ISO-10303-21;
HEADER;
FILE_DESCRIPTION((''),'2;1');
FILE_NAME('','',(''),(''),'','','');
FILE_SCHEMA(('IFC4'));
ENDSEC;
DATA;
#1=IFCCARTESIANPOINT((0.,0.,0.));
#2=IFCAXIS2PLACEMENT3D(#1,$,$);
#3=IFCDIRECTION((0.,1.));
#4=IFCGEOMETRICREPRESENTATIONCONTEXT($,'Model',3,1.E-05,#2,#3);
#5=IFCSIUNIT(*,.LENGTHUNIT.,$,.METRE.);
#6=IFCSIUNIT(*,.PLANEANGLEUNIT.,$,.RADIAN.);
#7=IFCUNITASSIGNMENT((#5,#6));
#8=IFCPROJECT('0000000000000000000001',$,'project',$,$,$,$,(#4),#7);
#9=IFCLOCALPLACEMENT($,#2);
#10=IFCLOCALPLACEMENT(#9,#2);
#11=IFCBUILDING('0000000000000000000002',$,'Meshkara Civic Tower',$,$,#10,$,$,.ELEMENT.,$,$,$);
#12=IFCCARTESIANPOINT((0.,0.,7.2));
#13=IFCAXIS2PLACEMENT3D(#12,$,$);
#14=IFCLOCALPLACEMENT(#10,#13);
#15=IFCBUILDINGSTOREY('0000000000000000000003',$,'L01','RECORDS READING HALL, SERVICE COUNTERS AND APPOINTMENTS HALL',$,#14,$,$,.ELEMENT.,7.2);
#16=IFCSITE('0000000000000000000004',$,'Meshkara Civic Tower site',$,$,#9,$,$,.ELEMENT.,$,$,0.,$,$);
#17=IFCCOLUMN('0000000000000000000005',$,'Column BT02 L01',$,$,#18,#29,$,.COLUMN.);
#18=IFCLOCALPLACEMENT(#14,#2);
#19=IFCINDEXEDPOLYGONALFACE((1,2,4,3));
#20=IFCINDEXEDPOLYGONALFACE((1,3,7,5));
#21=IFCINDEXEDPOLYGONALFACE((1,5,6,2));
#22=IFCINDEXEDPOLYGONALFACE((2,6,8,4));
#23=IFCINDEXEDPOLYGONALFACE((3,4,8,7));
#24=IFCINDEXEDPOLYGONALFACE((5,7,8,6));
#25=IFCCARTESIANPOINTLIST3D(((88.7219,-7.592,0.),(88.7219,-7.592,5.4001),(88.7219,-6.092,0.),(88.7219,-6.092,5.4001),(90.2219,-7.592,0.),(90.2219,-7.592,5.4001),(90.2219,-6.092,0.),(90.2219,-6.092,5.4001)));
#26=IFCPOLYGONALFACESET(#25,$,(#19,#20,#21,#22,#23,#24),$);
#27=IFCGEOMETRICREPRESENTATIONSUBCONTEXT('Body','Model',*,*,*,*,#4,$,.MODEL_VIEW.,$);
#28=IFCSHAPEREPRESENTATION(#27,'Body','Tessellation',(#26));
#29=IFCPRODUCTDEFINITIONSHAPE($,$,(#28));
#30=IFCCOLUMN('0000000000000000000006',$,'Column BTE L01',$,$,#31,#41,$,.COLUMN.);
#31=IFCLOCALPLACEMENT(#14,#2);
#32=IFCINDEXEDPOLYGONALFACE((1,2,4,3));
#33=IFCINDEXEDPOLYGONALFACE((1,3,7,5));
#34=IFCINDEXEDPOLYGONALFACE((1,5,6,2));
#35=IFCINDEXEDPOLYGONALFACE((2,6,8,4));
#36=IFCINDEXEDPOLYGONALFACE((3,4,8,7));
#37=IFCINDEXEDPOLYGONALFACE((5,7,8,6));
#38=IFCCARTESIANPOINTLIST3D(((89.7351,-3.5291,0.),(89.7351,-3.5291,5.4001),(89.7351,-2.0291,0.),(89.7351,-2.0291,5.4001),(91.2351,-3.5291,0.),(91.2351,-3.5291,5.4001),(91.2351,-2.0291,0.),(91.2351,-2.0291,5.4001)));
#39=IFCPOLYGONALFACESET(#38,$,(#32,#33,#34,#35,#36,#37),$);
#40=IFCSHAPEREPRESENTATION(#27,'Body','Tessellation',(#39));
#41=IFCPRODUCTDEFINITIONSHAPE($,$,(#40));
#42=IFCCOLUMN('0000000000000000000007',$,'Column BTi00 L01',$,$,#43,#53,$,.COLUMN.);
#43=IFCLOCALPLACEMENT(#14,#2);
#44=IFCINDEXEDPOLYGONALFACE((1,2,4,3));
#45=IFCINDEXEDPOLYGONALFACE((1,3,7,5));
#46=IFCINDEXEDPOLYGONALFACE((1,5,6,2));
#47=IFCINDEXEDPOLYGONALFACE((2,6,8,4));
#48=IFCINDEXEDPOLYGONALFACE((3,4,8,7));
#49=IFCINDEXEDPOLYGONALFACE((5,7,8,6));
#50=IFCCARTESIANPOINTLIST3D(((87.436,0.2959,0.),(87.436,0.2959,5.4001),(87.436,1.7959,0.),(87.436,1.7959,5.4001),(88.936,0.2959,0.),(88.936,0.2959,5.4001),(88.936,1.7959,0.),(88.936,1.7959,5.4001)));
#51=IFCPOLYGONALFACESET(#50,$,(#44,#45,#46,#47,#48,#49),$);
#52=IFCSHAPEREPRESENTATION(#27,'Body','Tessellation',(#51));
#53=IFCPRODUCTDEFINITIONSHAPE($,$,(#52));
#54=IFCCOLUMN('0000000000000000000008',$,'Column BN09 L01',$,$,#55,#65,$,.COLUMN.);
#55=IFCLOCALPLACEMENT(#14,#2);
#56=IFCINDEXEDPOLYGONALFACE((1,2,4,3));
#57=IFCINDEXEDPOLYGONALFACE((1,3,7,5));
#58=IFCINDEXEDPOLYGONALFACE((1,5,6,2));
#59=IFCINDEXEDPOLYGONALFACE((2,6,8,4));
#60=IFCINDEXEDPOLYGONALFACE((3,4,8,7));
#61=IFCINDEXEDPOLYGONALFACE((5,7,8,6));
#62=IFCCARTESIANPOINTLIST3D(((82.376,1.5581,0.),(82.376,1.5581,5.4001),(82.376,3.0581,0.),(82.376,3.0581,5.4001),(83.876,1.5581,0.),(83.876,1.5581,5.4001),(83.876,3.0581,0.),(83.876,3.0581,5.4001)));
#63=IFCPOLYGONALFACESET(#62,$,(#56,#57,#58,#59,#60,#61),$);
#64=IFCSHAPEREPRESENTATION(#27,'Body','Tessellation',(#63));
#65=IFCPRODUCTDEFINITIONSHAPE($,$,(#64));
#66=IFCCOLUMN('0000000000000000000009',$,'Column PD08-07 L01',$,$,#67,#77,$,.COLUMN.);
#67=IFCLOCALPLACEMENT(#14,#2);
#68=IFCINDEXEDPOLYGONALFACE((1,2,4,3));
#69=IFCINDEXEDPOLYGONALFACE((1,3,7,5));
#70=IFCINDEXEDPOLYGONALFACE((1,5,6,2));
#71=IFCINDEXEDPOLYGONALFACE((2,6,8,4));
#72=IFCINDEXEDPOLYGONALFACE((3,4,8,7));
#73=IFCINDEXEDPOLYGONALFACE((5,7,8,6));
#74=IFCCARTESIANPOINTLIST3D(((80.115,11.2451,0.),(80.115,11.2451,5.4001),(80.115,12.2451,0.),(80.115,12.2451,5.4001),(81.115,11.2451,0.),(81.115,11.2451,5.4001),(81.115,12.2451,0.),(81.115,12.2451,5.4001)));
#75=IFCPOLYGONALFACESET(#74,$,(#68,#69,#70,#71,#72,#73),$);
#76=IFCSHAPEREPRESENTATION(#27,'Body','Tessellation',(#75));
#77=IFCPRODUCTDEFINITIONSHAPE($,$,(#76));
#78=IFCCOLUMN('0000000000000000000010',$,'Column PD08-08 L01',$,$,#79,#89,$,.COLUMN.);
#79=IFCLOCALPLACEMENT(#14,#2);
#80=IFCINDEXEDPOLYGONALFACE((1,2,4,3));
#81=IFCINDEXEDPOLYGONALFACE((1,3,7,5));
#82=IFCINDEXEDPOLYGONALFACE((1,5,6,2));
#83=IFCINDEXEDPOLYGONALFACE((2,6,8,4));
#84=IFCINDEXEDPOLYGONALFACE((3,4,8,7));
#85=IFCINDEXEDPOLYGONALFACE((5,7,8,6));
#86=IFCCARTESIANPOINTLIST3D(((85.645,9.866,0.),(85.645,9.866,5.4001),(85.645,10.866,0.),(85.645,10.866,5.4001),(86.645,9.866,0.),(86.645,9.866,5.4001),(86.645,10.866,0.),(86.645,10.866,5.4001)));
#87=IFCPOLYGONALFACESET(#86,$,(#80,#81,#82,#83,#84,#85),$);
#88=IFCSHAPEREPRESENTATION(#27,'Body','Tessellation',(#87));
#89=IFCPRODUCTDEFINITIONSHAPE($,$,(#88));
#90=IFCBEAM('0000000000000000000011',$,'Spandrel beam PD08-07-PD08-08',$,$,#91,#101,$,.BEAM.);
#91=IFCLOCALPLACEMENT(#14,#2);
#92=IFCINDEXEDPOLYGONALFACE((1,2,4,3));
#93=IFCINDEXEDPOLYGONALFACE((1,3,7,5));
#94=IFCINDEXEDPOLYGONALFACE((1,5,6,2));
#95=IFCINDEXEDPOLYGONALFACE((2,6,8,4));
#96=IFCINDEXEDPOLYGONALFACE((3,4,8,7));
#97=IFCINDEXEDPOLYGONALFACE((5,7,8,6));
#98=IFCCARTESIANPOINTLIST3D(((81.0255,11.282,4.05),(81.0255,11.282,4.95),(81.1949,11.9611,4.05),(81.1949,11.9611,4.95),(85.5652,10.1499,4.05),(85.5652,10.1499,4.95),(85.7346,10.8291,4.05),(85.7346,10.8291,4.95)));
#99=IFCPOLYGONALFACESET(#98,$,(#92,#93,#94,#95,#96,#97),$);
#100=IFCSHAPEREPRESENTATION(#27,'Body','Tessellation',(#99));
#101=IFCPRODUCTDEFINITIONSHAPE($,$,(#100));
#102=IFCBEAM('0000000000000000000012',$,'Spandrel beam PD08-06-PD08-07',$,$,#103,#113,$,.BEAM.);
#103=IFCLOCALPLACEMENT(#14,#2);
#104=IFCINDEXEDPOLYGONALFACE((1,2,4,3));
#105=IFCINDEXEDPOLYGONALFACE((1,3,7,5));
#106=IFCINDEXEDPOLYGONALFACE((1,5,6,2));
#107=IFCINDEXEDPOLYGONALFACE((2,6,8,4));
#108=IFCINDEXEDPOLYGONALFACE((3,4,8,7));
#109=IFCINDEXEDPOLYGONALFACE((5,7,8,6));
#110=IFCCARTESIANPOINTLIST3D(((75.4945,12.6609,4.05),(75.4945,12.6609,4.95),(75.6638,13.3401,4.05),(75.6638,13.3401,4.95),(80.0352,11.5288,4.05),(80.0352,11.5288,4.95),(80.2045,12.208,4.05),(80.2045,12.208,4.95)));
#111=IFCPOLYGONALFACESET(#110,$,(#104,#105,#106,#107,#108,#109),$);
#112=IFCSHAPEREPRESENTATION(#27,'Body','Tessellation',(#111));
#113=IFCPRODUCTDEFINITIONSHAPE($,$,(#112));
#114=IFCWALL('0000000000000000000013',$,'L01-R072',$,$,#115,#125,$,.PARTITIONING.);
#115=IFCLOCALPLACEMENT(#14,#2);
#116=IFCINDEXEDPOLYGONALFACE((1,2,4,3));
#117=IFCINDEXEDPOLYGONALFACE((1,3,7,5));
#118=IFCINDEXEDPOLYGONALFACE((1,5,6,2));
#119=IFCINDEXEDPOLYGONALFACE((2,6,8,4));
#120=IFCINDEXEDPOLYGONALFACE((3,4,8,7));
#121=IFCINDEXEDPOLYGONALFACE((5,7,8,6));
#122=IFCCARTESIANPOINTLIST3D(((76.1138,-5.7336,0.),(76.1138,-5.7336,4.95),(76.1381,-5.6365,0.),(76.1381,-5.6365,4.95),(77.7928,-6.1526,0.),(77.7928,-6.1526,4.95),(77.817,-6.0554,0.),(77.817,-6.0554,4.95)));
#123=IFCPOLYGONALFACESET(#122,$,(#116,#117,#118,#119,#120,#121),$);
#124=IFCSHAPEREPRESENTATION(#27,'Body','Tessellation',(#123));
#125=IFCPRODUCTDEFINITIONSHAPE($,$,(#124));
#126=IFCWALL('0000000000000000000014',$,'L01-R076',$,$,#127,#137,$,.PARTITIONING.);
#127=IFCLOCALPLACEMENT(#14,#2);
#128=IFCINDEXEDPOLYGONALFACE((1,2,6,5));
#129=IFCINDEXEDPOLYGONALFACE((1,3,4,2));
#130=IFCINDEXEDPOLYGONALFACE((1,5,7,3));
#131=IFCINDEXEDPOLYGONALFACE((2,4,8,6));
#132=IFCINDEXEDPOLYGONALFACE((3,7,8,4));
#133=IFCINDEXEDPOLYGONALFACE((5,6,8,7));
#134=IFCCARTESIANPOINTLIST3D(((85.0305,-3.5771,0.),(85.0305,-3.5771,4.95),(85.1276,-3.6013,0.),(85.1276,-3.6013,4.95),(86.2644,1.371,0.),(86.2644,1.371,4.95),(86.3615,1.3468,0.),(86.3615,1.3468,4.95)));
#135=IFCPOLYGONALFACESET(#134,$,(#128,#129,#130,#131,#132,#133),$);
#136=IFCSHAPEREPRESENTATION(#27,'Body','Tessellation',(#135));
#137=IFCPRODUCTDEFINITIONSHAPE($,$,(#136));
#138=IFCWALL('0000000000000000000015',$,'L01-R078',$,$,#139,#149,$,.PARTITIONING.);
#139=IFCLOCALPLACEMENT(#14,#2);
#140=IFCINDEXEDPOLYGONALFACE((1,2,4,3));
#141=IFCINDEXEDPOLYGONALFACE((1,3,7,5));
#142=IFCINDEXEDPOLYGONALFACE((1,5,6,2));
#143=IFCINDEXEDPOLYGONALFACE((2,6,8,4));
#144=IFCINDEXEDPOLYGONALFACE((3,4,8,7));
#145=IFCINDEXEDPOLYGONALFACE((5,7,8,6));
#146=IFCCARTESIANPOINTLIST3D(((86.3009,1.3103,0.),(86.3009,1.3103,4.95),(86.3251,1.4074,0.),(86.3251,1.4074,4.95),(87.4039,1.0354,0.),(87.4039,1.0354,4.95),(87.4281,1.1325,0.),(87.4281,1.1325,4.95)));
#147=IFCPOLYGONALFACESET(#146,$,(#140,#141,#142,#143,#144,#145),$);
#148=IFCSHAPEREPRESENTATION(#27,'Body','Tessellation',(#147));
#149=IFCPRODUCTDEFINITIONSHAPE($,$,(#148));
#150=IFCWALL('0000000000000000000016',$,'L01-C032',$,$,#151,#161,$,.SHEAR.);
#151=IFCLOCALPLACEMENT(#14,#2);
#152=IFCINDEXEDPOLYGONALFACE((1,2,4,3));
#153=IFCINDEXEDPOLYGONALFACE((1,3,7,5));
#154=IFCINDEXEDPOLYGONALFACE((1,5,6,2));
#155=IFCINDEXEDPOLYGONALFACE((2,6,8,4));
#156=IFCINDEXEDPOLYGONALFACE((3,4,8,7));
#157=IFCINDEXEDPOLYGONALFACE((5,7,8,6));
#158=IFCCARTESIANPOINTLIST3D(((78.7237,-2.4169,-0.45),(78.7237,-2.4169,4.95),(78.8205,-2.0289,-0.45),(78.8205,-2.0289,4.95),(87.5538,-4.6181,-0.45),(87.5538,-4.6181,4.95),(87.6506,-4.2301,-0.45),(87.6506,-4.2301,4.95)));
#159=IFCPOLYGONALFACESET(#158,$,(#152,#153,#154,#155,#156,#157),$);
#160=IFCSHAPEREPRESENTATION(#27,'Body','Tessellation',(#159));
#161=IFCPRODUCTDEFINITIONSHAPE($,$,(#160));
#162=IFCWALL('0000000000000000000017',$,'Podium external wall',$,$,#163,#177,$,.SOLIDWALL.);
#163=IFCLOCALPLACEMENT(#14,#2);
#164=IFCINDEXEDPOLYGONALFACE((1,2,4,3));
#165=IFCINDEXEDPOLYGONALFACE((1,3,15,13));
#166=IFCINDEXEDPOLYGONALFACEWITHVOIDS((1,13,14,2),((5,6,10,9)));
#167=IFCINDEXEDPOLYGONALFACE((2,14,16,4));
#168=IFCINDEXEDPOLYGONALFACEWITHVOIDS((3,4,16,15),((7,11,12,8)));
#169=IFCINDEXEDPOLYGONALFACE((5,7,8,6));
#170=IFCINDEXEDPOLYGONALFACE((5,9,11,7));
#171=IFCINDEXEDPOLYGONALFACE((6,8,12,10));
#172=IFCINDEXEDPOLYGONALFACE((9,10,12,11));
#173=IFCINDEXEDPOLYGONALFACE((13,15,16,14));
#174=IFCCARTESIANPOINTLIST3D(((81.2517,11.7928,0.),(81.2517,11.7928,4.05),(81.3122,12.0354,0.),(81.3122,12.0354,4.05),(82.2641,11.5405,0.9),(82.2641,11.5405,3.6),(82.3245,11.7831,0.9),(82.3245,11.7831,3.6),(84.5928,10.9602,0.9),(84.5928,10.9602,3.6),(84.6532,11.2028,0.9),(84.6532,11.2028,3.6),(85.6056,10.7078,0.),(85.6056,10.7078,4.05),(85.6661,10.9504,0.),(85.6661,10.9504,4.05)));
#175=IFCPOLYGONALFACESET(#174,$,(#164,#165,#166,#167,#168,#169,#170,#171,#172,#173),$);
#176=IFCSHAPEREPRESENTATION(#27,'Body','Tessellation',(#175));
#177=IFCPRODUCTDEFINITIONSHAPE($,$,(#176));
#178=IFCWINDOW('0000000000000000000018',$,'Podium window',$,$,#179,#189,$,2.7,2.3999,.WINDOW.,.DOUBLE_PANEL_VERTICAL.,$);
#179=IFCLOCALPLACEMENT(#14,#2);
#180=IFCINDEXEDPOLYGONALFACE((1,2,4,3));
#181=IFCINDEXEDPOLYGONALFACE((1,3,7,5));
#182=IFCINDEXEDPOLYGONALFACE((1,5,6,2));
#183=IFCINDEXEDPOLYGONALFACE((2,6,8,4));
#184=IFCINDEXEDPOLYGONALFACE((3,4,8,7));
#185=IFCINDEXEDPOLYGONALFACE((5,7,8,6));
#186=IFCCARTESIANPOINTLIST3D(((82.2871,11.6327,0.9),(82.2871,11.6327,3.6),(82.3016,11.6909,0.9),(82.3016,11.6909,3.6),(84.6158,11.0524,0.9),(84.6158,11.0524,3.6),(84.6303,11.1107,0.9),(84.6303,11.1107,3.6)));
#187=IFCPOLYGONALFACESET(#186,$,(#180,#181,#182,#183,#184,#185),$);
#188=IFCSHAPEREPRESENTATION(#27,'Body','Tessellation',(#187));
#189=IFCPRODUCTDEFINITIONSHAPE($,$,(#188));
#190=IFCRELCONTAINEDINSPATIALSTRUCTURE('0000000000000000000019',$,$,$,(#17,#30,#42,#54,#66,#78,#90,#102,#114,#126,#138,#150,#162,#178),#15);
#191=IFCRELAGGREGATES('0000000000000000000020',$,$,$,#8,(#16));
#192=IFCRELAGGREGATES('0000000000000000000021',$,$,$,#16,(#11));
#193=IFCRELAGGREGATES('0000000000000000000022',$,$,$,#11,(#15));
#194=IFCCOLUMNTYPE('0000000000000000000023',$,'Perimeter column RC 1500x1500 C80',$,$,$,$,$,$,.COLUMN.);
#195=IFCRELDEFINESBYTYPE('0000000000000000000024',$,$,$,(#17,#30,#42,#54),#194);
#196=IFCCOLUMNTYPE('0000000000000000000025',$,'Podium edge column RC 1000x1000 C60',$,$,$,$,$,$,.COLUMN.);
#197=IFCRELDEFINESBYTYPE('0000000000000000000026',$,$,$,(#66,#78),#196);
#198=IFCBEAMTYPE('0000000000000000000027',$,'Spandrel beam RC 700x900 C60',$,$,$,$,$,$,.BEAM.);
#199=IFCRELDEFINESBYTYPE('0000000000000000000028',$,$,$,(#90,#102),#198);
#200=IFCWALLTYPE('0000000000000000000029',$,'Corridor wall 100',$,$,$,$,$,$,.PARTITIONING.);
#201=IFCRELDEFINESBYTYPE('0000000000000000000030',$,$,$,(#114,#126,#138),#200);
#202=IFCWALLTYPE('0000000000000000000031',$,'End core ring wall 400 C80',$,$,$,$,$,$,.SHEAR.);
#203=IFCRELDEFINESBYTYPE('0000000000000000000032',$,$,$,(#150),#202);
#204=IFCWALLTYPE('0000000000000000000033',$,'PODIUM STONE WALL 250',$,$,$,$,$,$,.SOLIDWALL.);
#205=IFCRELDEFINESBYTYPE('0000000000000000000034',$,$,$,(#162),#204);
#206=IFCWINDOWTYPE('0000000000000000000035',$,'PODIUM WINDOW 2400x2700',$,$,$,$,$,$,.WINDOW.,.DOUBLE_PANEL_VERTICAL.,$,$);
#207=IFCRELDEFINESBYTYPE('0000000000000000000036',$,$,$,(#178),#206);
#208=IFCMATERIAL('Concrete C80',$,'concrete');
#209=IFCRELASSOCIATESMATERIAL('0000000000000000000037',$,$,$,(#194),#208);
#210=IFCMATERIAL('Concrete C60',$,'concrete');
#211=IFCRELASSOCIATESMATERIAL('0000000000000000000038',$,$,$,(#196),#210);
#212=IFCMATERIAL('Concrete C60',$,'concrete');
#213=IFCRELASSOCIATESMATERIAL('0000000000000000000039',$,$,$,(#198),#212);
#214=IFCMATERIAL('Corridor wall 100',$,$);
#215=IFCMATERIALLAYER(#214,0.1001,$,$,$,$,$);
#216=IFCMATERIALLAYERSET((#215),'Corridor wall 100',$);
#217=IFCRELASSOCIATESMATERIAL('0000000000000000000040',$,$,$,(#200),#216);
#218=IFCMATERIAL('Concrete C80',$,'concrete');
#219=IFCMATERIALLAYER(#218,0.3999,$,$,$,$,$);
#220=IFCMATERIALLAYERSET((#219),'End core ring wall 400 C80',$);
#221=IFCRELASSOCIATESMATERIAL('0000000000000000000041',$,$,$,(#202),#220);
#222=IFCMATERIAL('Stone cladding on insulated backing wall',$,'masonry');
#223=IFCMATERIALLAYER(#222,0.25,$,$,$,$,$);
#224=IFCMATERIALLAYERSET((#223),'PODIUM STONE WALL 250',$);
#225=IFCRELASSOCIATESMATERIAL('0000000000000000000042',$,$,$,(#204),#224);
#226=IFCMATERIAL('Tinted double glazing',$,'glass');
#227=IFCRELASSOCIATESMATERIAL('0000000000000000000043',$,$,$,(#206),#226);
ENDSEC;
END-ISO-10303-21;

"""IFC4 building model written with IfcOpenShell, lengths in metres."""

from ifc_helpers import new_model, si_unit, direction, frame, frame_2d, origin, origin_2d, place, context, subcontext, project, spatial, rectangle, extrude, material, layer, layer_set, material_profile, profile_set, type_object, element, fill, save


model = new_model("IFC4")

# Units and contexts
model_context = context("Model", 3, precision=1e-05, world=origin(), true_north=direction((0.0, 1.0)))
body_context = subcontext(model_context, "Body", "Model", "MODEL_VIEW")
ifc_project = project(units=[si_unit("LENGTHUNIT", "METRE"), si_unit("PLANEANGLEUNIT", "RADIAN")], contexts=[model_context])

# Site, building, storey
site_placement = place(None, origin())
site = spatial("IfcSite", under=ifc_project, at=site_placement, Name="Meshkara Civic Tower site", CompositionType="ELEMENT", RefElevation=0.0)
building_placement = place(site_placement, origin())
building = spatial("IfcBuilding", under=site, at=building_placement, Name="Meshkara Civic Tower", CompositionType="ELEMENT")
storey_placement = place(building_placement, frame((0.0, 0.0, 7.2)))
storey = spatial("IfcBuildingStorey", under=building, at=storey_placement, Name="L01", Description="RECORDS READING HALL, SERVICE COUNTERS AND APPOINTMENTS HALL", CompositionType="ELEMENT", Elevation=7.2)

# Columns
ifc_material_1 = material(Name="Concrete C80", Category="concrete")
ifc_material_profile_1 = material_profile(ifc_material_1, rectangle(XDim=1.5, YDim=1.5, at=origin_2d()))
ifc_profile_set_1 = profile_set([ifc_material_profile_1], Name="Concrete C80")
column_type_1 = type_object("IfcColumnType", Name="Perimeter column RC 1500x1500 C80", PredefinedType="COLUMN", material=ifc_profile_set_1)
for number, where, z_axis, x_axis, name in (
    (1, (89.4719, -6.842, 0.0), (0.0, 0.0, 1.0), (1.0, 0.0, 0.0), "Column BT02 L01"),
    (2, (90.4851, -2.7791, 0.0), (0.0, 0.0, 1.0), (1.0, 0.0, 0.0), "Column BTE L01"),
    (3, (88.186, 1.0459, 0.0), (0.0, 0.0, 1.0), (1.0, 0.0, 0.0), "Column BTi00 L01"),
    (4, (83.126, 2.3081, 0.0), (0.0, 0.0, 1.0), (1.0, 0.0, 0.0), "Column BN09 L01"),
):
    element("IfcColumn", number, at=place(storey_placement, frame(where, z_axis=z_axis, x_axis=x_axis)), inside=storey, type_object=column_type_1, Name=name, PredefinedType="COLUMN", context=body_context, shape_type="SweptSolid", body=[
        extrude(rectangle(XDim=1.5, YDim=1.5, at=origin_2d()), origin(), (0.0, 0.0, 1.0), 5.4001),
    ])
ifc_material_2 = material(Name="Concrete C60", Category="concrete")
ifc_material_profile_2 = material_profile(ifc_material_2, rectangle(XDim=1.0, YDim=1.0, at=origin_2d()))
ifc_profile_set_2 = profile_set([ifc_material_profile_2], Name="Concrete C60")
column_type_2 = type_object("IfcColumnType", Name="Podium edge column RC 1000x1000 C60", PredefinedType="COLUMN", material=ifc_profile_set_2)
for number, where, z_axis, x_axis, name in (
    (5, (80.615, 11.7451, 0.0), (0.0, 0.0, 1.0), (1.0, 0.0, 0.0), "Column PD08-07 L01"),
    (6, (86.145, 10.366, 0.0), (0.0, 0.0, 1.0), (1.0, 0.0, 0.0), "Column PD08-08 L01"),
):
    element("IfcColumn", number, at=place(storey_placement, frame(where, z_axis=z_axis, x_axis=x_axis)), inside=storey, type_object=column_type_2, Name=name, PredefinedType="COLUMN", context=body_context, shape_type="SweptSolid", body=[
        extrude(rectangle(XDim=1.0, YDim=1.0, at=origin_2d()), origin(), (0.0, 0.0, 1.0), 5.4001),
    ])

# Beams
ifc_material_3 = material(Name="Concrete C60", Category="concrete")
ifc_material_profile_3 = material_profile(ifc_material_3, rectangle(XDim=0.7, YDim=0.8999, at=origin_2d()))
ifc_profile_set_3 = profile_set([ifc_material_profile_3], Name="Concrete C60")
beam_type = type_object("IfcBeamType", Name="Spandrel beam RC 700x900 C60", PredefinedType="BEAM", material=ifc_profile_set_3)
beam_1_placement = place(storey_placement, frame((85.6499, 10.4895, 4.5), z_axis=(-0.970287, 0.241959, 0.0), x_axis=(-0.241959, -0.970287, 0.0)))
element("IfcBeam", 7, at=beam_1_placement, inside=storey, type_object=beam_type, Name="Spandrel beam PD08-07-PD08-08", PredefinedType="BEAM", context=body_context, shape_type="SweptSolid", body=[
    extrude(rectangle(XDim=0.7, YDim=0.8999, at=origin_2d()), origin(), (0.0, 0.0, 1.0), 4.6787),
])
beam_2_placement = place(storey_placement, frame((80.1199, 11.8684, 4.5), z_axis=(-0.970299, 0.24191, 0.0), x_axis=(-0.24191, -0.970299, 0.0)))
element("IfcBeam", 8, at=beam_2_placement, inside=storey, type_object=beam_type, Name="Spandrel beam PD08-06-PD08-07", PredefinedType="BEAM", context=body_context, shape_type="SweptSolid", body=[
    extrude(rectangle(XDim=0.7, YDim=0.8999, at=origin_2d()), origin(), (0.0, 0.0, 1.0), 4.6797),
])

# Walls
ifc_material_4 = material(Name="Corridor wall 100")
ifc_layer_1 = layer(ifc_material_4, 0.1001)
ifc_layer_set_1 = layer_set([ifc_layer_1], Name="Corridor wall 100")
wall_type_1 = type_object("IfcWallType", Name="Corridor wall 100", PredefinedType="PARTITIONING", material=ifc_layer_set_1)
wall_1_placement = place(storey_placement, frame((77.8049, -6.104, 0.0), z_axis=(0.0, 0.0, 1.0), x_axis=(-0.97025, 0.242104, 0.0)))
element("IfcWall", 9, at=wall_1_placement, inside=storey, type_object=wall_type_1, Name="L01-R072", PredefinedType="PARTITIONING", context=body_context, shape_type="SweptSolid", body=[
    extrude(rectangle(XDim=1.7305, YDim=0.1001, at=frame_2d((0.8652, 0.0))), origin(), (0.0, 0.0, 1.0), 4.95),
])
wall_2_placement = place(storey_placement, frame((86.313, 1.3589, 0.0), z_axis=(0.0, 0.0, 1.0), x_axis=(-0.241961, -0.970286, 0.0)))
element("IfcWall", 10, at=wall_2_placement, inside=storey, type_object=wall_type_1, Name="L01-R076", PredefinedType="PARTITIONING", context=body_context, shape_type="SweptSolid", body=[
    extrude(rectangle(XDim=5.0996, YDim=0.1001, at=frame_2d((2.5498, 0.0))), origin(), (0.0, 0.0, 1.0), 4.95),
])
wall_3_placement = place(storey_placement, frame((87.416, 1.084, 0.0), z_axis=(0.0, 0.0, 1.0), x_axis=(-0.970319, 0.241828, 0.0)))
element("IfcWall", 11, at=wall_3_placement, inside=storey, type_object=wall_type_1, Name="L01-R078", PredefinedType="PARTITIONING", context=body_context, shape_type="SweptSolid", body=[
    extrude(rectangle(XDim=1.1367, YDim=0.1001, at=frame_2d((0.5684, 0.0))), origin(), (0.0, 0.0, 1.0), 4.95),
])
ifc_material_5 = material(Name="Concrete C80", Category="concrete")
ifc_layer_2 = layer(ifc_material_5, 0.3999)
ifc_layer_set_2 = layer_set([ifc_layer_2], Name="End core ring wall 400 C80")
wall_type_2 = type_object("IfcWallType", Name="End core ring wall 400 C80", PredefinedType="SHEAR", material=ifc_layer_set_2)
wall_4_placement = place(storey_placement, frame((78.772, -2.2229, -0.45), z_axis=(0.0, 0.0, 1.0), x_axis=(0.970306, -0.241879, 0.0)))
element("IfcWall", 12, at=wall_4_placement, inside=storey, type_object=wall_type_2, Name="L01-C032", PredefinedType="SHEAR", context=body_context, shape_type="SweptSolid", body=[
    extrude(rectangle(XDim=9.1003, YDim=0.3999, at=frame_2d((4.5503, 0.0))), origin(), (0.0, 0.0, 1.0), 5.3999),
])

# Wall, opening, window
ifc_material_6 = material(Name="Stone cladding on insulated backing wall", Category="masonry")
ifc_layer_3 = layer(ifc_material_6, 0.25)
ifc_layer_set_3 = layer_set([ifc_layer_3], Name="PODIUM STONE WALL 250")
wall_type_3 = type_object("IfcWallType", Name="PODIUM STONE WALL 250", PredefinedType="SOLIDWALL", material=ifc_layer_set_3)
wall_5_placement = place(storey_placement, frame((85.636, 10.8291, 0.0), z_axis=(0.0, 0.0, 1.0), x_axis=(-0.970328, 0.241793, 0.0)))
wall_5 = element("IfcWall", 13, at=wall_5_placement, inside=storey, type_object=wall_type_3, Name="Podium external wall", PredefinedType="SOLIDWALL", context=body_context, shape_type="SweptSolid", body=[
    extrude(rectangle(XDim=4.4871, YDim=0.25, at=frame_2d((2.2437, 0.0))), origin(), (0.0, 0.0, 1.0), 4.05),
])
opening_1_placement = place(wall_5_placement, frame((1.0439, 0.0, 0.8999)))
opening_1 = element("IfcOpeningElement", 14, at=opening_1_placement, cuts=wall_5, PredefinedType="OPENING", context=body_context, shape_type="SweptSolid", body=[
    extrude(rectangle(XDim=2.3999, YDim=2.7, at=frame_2d((1.2, 1.3501))), frame((0.0, 0.135, 0.0), z_axis=(0.0, -1.0, 0.0), x_axis=(1.0, 0.0, 0.0)), (0.0, 0.0, 1.0), 0.27),
])
ifc_material_7 = material(Name="Tinted double glazing", Category="glass")
window_type = type_object("IfcWindowType", Name="PODIUM WINDOW 2400x2700", PartitioningType="DOUBLE_PANEL_VERTICAL", PredefinedType="WINDOW", material=ifc_material_7)
window_1_placement = place(opening_1_placement, origin())
window_1 = element("IfcWindow", 15, at=window_1_placement, inside=storey, type_object=window_type, Name="Podium window", OverallHeight=2.7, OverallWidth=2.3999, PartitioningType="DOUBLE_PANEL_VERTICAL", PredefinedType="WINDOW", context=body_context, shape_type="SweptSolid", body=[
    extrude(rectangle(XDim=2.3999, YDim=2.7, at=frame_2d((1.2, 1.3501))), frame((0.0, 0.03, 0.0), z_axis=(0.0, -1.0, 0.0), x_axis=(1.0, 0.0, 0.0)), (0.0, 0.0, 1.0), 0.0601),
])
fill(opening_1, window_1)

save(model, "model.ifc")
